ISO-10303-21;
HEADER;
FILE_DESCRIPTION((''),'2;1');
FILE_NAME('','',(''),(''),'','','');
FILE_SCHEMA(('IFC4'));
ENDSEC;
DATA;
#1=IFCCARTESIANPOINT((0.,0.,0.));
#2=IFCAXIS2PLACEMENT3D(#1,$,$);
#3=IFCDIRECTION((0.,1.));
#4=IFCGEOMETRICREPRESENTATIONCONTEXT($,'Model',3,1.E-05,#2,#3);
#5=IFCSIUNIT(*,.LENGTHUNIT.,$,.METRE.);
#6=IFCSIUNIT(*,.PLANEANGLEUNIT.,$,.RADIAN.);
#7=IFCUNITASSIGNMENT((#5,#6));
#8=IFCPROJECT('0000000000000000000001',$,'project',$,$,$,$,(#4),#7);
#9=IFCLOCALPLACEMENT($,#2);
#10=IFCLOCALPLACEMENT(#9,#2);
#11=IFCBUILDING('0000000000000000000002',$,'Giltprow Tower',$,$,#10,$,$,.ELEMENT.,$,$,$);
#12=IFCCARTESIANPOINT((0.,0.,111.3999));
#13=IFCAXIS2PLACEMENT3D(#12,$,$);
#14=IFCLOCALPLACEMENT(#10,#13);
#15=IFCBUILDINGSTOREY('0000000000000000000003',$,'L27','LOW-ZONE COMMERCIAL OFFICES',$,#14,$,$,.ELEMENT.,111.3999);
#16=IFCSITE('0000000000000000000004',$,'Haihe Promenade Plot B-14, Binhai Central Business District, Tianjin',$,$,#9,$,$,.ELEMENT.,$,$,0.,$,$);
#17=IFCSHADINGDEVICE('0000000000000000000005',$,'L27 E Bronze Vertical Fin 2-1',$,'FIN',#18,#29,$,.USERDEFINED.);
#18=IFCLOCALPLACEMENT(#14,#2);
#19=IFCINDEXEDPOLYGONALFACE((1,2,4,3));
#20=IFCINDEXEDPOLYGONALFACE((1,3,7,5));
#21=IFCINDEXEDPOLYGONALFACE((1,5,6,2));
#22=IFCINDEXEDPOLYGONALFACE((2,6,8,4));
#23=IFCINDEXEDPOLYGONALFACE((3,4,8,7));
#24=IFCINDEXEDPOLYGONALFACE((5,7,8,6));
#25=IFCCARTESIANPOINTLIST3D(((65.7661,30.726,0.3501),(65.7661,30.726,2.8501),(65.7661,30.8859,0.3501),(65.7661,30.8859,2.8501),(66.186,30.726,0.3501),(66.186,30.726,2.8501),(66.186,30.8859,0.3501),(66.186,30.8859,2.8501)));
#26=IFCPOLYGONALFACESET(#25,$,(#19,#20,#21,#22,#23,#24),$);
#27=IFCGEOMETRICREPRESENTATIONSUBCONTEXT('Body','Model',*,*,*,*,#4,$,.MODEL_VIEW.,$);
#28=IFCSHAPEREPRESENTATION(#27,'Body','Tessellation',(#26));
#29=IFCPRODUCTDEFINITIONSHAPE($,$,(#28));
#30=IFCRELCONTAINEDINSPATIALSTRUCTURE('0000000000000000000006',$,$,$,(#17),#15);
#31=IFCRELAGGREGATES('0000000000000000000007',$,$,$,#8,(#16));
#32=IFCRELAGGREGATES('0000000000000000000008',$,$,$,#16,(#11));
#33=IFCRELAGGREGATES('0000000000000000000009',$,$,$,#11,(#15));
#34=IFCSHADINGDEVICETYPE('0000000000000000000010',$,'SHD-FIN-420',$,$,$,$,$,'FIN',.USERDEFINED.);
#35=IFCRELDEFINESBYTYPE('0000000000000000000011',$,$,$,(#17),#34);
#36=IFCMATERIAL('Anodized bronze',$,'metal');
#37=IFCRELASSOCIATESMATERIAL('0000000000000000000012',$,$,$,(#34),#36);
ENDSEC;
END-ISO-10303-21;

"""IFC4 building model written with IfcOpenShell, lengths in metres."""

from ifc_helpers import new_model, si_unit, direction, frame, origin, origin_2d, place, context, subcontext, project, spatial, rectangle, extrude, source, transform, mapped, material, type_object, element, save


model = new_model("IFC4")

# Units and contexts
model_context = context("Model", 3, precision=1e-05, world=origin(), true_north=direction((0.0, 1.0)))
body_context = subcontext(model_context, "Body", "Model", "MODEL_VIEW")
ifc_project = project(units=[si_unit("LENGTHUNIT", "METRE"), si_unit("PLANEANGLEUNIT", "RADIAN")], contexts=[model_context])

# Site, building, storey
site_placement = place(None, origin())
site = spatial("IfcSite", under=ifc_project, at=site_placement, Name="Haihe Promenade Plot B-14, Binhai Central Business District, Tianjin", CompositionType="ELEMENT", RefElevation=0.0)
building_placement = place(site_placement, origin())
building = spatial("IfcBuilding", under=site, at=building_placement, Name="Giltprow Tower", CompositionType="ELEMENT")
storey_placement = place(building_placement, frame((0.0, 0.0, 111.3999)))
storey = spatial("IfcBuildingStorey", under=building, at=storey_placement, Name="L27", Description="LOW-ZONE COMMERCIAL OFFICES", CompositionType="ELEMENT", Elevation=111.3999)

# Shared definitions
ifc_material_1 = material(Name="Anodized bronze", Category="metal")

# Shading device
shading_device_type = type_object("IfcShadingDeviceType", Name="SHD-FIN-420", ElementType="FIN", PredefinedType="USERDEFINED", material=ifc_material_1)
shared_shape_1 = source(origin(), body_context, "Body", "SweptSolid", [
    extrude(rectangle(XDim=0.4199, YDim=0.1599, at=origin_2d()), origin(), (0.0, 0.0, 1.0), 2.5),
])
shading_device_placement = place(storey_placement, frame((65.9761, 30.8059, 0.3501), z_axis=(0.0, 0.0, 1.0), x_axis=(1.0, 0.0, 0.0)))
element("IfcShadingDevice", 1, at=shading_device_placement, inside=storey, type_object=shading_device_type, Name="L27 E Bronze Vertical Fin 2-1", ObjectType="FIN", PredefinedType="USERDEFINED", context=body_context, shape_type="MappedRepresentation", body=[
    mapped(shared_shape_1, transform((0.0, 0.0, 0.0), x_axis=(1.0, 0.0, 0.0), y_axis=(0.0, 1.0, 0.0), z_axis=(0.0, 0.0, 1.0), scale=1.0)),
])

save(model, "model.ifc")
